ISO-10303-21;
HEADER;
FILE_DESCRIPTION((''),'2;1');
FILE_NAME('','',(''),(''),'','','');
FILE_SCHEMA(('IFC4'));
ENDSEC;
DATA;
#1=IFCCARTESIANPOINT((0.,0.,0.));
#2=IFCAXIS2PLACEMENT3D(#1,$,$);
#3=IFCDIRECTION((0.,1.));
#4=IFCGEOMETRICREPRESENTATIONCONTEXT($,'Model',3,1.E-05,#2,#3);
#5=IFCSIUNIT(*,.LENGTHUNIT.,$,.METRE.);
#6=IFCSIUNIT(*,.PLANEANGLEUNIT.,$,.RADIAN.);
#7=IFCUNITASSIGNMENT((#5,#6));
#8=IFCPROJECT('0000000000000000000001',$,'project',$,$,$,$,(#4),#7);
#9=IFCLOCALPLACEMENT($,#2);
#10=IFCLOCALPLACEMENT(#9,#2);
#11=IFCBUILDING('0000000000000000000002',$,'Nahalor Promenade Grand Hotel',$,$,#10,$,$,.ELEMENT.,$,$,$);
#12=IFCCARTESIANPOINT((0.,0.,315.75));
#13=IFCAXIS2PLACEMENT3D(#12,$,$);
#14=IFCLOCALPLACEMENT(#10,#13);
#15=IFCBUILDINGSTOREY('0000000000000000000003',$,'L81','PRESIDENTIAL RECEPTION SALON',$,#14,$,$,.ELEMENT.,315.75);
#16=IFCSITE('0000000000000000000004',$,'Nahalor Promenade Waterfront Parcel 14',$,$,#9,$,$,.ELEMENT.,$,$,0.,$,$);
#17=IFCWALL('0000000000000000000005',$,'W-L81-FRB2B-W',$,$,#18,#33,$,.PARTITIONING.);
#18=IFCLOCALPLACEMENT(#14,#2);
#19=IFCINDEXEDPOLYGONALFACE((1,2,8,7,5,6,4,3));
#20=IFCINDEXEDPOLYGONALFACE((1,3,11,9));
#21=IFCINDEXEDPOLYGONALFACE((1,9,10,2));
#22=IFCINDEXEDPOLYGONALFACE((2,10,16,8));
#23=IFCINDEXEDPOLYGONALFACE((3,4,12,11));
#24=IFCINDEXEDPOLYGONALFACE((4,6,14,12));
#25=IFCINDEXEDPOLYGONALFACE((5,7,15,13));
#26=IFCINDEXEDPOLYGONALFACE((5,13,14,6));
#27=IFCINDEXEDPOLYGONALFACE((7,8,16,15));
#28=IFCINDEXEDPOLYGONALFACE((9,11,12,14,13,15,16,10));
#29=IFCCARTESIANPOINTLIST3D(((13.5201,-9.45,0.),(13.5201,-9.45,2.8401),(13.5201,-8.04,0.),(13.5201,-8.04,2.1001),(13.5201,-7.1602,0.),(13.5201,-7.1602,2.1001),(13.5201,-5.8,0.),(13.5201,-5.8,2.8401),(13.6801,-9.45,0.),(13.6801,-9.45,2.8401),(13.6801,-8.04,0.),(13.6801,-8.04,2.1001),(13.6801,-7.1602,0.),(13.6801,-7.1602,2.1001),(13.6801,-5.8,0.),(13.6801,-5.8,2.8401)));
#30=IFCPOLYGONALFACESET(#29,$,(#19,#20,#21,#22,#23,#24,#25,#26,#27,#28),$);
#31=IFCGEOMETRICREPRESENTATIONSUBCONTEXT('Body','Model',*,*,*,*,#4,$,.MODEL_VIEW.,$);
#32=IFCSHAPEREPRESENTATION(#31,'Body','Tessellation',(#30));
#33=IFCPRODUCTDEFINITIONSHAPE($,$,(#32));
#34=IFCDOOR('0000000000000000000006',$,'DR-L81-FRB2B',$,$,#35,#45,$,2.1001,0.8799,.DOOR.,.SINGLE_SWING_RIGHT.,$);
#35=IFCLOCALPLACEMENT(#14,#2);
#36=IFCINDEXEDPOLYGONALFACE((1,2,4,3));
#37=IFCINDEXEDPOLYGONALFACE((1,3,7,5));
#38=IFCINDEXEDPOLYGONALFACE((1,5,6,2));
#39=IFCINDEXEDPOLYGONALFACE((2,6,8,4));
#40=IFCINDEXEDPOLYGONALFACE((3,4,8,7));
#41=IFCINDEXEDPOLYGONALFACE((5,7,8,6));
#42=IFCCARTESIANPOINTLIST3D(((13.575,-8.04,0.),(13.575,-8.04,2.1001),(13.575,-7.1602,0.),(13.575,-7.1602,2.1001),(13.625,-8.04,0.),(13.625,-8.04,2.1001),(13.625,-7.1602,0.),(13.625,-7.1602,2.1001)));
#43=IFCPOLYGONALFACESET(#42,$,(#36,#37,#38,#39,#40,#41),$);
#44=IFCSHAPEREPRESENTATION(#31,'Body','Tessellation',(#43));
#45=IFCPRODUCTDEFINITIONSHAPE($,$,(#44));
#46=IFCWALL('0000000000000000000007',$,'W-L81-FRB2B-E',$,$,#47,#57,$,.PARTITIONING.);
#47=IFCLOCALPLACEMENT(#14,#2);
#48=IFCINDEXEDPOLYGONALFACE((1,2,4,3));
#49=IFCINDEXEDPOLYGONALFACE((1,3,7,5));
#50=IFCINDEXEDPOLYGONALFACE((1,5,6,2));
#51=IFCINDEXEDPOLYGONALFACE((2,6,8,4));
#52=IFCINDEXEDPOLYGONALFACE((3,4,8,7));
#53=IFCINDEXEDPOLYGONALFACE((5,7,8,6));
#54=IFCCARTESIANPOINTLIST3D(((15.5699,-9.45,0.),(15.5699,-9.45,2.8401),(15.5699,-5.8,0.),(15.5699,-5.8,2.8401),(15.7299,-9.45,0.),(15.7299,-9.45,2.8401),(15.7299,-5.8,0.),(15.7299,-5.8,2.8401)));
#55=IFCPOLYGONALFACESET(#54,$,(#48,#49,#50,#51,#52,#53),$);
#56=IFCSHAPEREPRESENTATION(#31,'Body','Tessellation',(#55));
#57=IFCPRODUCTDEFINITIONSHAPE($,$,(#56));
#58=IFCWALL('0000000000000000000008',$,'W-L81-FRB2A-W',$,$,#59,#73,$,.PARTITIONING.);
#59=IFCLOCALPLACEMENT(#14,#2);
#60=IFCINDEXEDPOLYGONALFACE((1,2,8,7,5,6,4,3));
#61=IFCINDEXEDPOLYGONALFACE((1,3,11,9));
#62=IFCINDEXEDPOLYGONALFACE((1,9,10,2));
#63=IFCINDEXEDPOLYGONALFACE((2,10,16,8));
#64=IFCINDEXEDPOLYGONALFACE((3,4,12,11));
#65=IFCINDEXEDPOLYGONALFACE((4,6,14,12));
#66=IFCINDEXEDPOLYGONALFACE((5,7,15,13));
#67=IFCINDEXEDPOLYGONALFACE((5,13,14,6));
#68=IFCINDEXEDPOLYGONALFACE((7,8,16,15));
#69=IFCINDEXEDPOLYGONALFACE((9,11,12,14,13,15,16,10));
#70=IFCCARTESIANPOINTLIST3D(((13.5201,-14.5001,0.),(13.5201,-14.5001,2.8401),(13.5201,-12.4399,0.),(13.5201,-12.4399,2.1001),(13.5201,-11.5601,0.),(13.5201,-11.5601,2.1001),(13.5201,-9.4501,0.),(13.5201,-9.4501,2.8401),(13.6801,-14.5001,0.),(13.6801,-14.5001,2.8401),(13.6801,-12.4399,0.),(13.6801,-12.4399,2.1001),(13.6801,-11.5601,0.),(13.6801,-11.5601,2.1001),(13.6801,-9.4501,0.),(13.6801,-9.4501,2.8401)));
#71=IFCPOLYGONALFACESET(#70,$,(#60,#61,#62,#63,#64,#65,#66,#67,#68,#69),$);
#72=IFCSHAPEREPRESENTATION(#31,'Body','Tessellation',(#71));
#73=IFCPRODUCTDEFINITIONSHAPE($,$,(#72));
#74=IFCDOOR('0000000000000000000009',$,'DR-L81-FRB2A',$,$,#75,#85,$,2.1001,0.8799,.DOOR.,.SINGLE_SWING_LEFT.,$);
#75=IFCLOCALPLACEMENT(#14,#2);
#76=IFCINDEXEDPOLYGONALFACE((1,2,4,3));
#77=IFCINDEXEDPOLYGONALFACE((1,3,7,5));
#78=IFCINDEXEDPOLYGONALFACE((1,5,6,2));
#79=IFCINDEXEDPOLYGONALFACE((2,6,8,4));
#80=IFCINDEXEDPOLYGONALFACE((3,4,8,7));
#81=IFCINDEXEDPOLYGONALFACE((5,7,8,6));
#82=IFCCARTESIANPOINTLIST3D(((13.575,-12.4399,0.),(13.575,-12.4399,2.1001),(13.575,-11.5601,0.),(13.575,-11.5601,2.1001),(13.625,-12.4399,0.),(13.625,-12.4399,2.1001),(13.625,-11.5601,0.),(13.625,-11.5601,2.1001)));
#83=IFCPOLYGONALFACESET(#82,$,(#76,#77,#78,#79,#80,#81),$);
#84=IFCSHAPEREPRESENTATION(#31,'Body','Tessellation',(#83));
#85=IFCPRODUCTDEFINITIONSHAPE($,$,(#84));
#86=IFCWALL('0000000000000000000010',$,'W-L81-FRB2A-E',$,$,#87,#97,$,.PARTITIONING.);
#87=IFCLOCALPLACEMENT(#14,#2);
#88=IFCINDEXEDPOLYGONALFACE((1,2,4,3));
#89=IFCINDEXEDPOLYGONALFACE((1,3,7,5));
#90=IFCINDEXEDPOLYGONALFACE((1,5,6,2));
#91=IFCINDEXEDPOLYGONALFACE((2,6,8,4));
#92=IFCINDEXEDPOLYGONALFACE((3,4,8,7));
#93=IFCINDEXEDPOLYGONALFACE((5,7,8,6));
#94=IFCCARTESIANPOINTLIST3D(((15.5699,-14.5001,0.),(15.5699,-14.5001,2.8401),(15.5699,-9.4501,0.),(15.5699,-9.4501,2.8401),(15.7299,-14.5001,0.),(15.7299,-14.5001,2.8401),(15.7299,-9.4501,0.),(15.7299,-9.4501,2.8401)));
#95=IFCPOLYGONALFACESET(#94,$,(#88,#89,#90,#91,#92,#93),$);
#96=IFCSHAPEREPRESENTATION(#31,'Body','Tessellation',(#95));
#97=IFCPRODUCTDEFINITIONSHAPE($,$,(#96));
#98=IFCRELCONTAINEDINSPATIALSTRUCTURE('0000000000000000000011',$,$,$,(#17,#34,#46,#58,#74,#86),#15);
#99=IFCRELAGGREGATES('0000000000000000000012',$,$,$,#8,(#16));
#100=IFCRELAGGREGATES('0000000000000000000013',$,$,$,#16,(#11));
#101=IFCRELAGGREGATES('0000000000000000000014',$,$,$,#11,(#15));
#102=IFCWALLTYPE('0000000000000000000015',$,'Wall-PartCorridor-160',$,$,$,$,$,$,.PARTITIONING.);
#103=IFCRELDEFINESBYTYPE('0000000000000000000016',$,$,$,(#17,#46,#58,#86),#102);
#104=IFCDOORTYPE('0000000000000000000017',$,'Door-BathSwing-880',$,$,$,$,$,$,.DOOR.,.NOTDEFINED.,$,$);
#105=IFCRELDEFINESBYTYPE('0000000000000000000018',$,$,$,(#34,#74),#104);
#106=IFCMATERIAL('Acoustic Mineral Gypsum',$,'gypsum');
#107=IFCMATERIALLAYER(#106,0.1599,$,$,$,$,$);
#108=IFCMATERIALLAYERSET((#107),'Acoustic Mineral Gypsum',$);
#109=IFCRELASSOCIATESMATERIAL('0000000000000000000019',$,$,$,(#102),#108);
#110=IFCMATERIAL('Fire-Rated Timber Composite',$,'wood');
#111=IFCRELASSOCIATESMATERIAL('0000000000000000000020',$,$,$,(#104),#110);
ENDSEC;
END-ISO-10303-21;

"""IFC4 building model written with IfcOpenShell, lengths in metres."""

from ifc_helpers import new_model, si_unit, direction, frame, frame_2d, origin, place, context, subcontext, project, spatial, rectangle, extrude, source, transform, mapped, material, layer, layer_set, type_object, element, fill, save


model = new_model("IFC4")

# Units and contexts
model_context = context("Model", 3, precision=1e-05, world=origin(), true_north=direction((0.0, 1.0)))
body_context = subcontext(model_context, "Body", "Model", "MODEL_VIEW")
ifc_project = project(units=[si_unit("LENGTHUNIT", "METRE"), si_unit("PLANEANGLEUNIT", "RADIAN")], contexts=[model_context])

# Site, building, storey
site_placement = place(None, origin())
site = spatial("IfcSite", under=ifc_project, at=site_placement, Name="Nahalor Promenade Waterfront Parcel 14", CompositionType="ELEMENT", RefElevation=0.0)
building_placement = place(site_placement, origin())
building = spatial("IfcBuilding", under=site, at=building_placement, Name="Nahalor Promenade Grand Hotel", CompositionType="ELEMENT")
storey_placement = place(building_placement, frame((0.0, 0.0, 315.75)))
storey = spatial("IfcBuildingStorey", under=building, at=storey_placement, Name="L81", Description="PRESIDENTIAL RECEPTION SALON", CompositionType="ELEMENT", Elevation=315.75)

# Shared definitions
ifc_material_1 = material(Name="Acoustic Mineral Gypsum", Category="gypsum")
ifc_layer_1 = layer(ifc_material_1, 0.1599)
ifc_layer_set_1 = layer_set([ifc_layer_1], Name="Acoustic Mineral Gypsum")
wall_type_1 = type_object("IfcWallType", Name="Wall-PartCorridor-160", PredefinedType="PARTITIONING", material=ifc_layer_set_1)

# Wall, opening, door
shared_shape_1 = source(origin(), body_context, "Body", "SweptSolid", [
    extrude(rectangle(XDim=3.6499, YDim=0.1599, at=frame_2d((1.825, 0.0))), origin(), (0.0, 0.0, 1.0), 2.8401),
])
wall_1_placement = place(storey_placement, frame((13.6001, -9.45, 0.0), z_axis=(0.0, 0.0, 1.0), x_axis=(0.0, 1.0, 0.0)))
wall_1 = element("IfcWall", 1, at=wall_1_placement, inside=storey, type_object=wall_type_1, Name="W-L81-FRB2B-W", PredefinedType="PARTITIONING", context=body_context, shape_type="MappedRepresentation", body=[
    mapped(shared_shape_1, transform((0.0, 0.0, 0.0), scale=1.0)),
])
opening_1_placement = place(wall_1_placement, frame((1.4099, 0.0, 0.0)))
opening_1 = element("IfcOpeningElement", 2, at=opening_1_placement, cuts=wall_1, PredefinedType="OPENING", context=body_context, shape_type="SweptSolid", body=[
    extrude(rectangle(XDim=0.8799, YDim=2.1001, at=frame_2d((0.4399, 1.05))), frame((0.0, 0.0898, 0.0), z_axis=(0.0, -1.0, 0.0), x_axis=(1.0, 0.0, 0.0)), (0.0, 0.0, 1.0), 0.1799),
])
ifc_material_2 = material(Name="Fire-Rated Timber Composite", Category="wood")
door_type_1 = type_object("IfcDoorType", Name="Door-BathSwing-880", OperationType="NOTDEFINED", PredefinedType="DOOR", material=ifc_material_2)
shared_shape_2 = source(origin(), body_context, "Body", "SweptSolid", [
    extrude(rectangle(XDim=0.8799, YDim=2.1001, at=frame_2d((0.4399, 1.05))), frame((0.0, 0.0249, 0.0), z_axis=(0.0, -1.0, 0.0), x_axis=(1.0, 0.0, 0.0)), (0.0, 0.0, 1.0), 0.05),
])
door_1_placement = place(opening_1_placement, frame((0.8799, 0.0, 0.0), z_axis=(0.0, 0.0, 1.0), x_axis=(-1.0, 0.0, 0.0)))
door_1 = element("IfcDoor", 3, at=door_1_placement, inside=storey, type_object=door_type_1, Name="DR-L81-FRB2B", OperationType="SINGLE_SWING_RIGHT", OverallHeight=2.1001, OverallWidth=0.8799, PredefinedType="DOOR", context=body_context, shape_type="MappedRepresentation", body=[
    mapped(shared_shape_2, transform((0.0, 0.0, 0.0), scale=1.0)),
])
fill(opening_1, door_1)

# Wall
wall_2_placement = place(storey_placement, frame((15.6499, -9.45, 0.0), z_axis=(0.0, 0.0, 1.0), x_axis=(0.0, 1.0, 0.0)))
element("IfcWall", 4, at=wall_2_placement, inside=storey, type_object=wall_type_1, Name="W-L81-FRB2B-E", PredefinedType="PARTITIONING", context=body_context, shape_type="MappedRepresentation", body=[
    mapped(shared_shape_1, transform((0.0, 0.0, 0.0), scale=1.0)),
])

# Wall, opening, door
shared_shape_3 = source(origin(), body_context, "Body", "SweptSolid", [
    extrude(rectangle(XDim=5.05, YDim=0.1599, at=frame_2d((2.5249, 0.0))), origin(), (0.0, 0.0, 1.0), 2.8401),
])
wall_3_placement = place(storey_placement, frame((13.6001, -14.5, 0.0), z_axis=(0.0, 0.0, 1.0), x_axis=(0.0, 1.0, 0.0)))
wall_3 = element("IfcWall", 5, at=wall_3_placement, inside=storey, type_object=wall_type_1, Name="W-L81-FRB2A-W", PredefinedType="PARTITIONING", context=body_context, shape_type="MappedRepresentation", body=[
    mapped(shared_shape_3, transform((0.0, 0.0, 0.0), scale=1.0)),
])
opening_2_placement = place(wall_3_placement, frame((2.0601, 0.0, 0.0)))
opening_2 = element("IfcOpeningElement", 6, at=opening_2_placement, cuts=wall_3, PredefinedType="OPENING", context=body_context, shape_type="SweptSolid", body=[
    extrude(rectangle(XDim=0.8799, YDim=2.1001, at=frame_2d((0.4399, 1.05))), frame((0.0, 0.0898, 0.0), z_axis=(0.0, -1.0, 0.0), x_axis=(1.0, 0.0, 0.0)), (0.0, 0.0, 1.0), 0.1799),
])
door_2_placement = place(opening_2_placement, frame((0.8799, 0.0, 0.0), z_axis=(0.0, 0.0, 1.0), x_axis=(-1.0, 0.0, 0.0)))
door_2 = element("IfcDoor", 7, at=door_2_placement, inside=storey, type_object=door_type_1, Name="DR-L81-FRB2A", OperationType="SINGLE_SWING_LEFT", OverallHeight=2.1001, OverallWidth=0.8799, PredefinedType="DOOR", context=body_context, shape_type="MappedRepresentation", body=[
    mapped(shared_shape_2, transform((0.0, 0.0, 0.0), scale=1.0)),
])
fill(opening_2, door_2)

# Wall
wall_4_placement = place(storey_placement, frame((15.6499, -14.5, 0.0), z_axis=(0.0, 0.0, 1.0), x_axis=(0.0, 1.0, 0.0)))
element("IfcWall", 8, at=wall_4_placement, inside=storey, type_object=wall_type_1, Name="W-L81-FRB2A-E", PredefinedType="PARTITIONING", context=body_context, shape_type="MappedRepresentation", body=[
    mapped(shared_shape_3, transform((0.0, 0.0, 0.0), scale=1.0)),
])

save(model, "model.ifc")
